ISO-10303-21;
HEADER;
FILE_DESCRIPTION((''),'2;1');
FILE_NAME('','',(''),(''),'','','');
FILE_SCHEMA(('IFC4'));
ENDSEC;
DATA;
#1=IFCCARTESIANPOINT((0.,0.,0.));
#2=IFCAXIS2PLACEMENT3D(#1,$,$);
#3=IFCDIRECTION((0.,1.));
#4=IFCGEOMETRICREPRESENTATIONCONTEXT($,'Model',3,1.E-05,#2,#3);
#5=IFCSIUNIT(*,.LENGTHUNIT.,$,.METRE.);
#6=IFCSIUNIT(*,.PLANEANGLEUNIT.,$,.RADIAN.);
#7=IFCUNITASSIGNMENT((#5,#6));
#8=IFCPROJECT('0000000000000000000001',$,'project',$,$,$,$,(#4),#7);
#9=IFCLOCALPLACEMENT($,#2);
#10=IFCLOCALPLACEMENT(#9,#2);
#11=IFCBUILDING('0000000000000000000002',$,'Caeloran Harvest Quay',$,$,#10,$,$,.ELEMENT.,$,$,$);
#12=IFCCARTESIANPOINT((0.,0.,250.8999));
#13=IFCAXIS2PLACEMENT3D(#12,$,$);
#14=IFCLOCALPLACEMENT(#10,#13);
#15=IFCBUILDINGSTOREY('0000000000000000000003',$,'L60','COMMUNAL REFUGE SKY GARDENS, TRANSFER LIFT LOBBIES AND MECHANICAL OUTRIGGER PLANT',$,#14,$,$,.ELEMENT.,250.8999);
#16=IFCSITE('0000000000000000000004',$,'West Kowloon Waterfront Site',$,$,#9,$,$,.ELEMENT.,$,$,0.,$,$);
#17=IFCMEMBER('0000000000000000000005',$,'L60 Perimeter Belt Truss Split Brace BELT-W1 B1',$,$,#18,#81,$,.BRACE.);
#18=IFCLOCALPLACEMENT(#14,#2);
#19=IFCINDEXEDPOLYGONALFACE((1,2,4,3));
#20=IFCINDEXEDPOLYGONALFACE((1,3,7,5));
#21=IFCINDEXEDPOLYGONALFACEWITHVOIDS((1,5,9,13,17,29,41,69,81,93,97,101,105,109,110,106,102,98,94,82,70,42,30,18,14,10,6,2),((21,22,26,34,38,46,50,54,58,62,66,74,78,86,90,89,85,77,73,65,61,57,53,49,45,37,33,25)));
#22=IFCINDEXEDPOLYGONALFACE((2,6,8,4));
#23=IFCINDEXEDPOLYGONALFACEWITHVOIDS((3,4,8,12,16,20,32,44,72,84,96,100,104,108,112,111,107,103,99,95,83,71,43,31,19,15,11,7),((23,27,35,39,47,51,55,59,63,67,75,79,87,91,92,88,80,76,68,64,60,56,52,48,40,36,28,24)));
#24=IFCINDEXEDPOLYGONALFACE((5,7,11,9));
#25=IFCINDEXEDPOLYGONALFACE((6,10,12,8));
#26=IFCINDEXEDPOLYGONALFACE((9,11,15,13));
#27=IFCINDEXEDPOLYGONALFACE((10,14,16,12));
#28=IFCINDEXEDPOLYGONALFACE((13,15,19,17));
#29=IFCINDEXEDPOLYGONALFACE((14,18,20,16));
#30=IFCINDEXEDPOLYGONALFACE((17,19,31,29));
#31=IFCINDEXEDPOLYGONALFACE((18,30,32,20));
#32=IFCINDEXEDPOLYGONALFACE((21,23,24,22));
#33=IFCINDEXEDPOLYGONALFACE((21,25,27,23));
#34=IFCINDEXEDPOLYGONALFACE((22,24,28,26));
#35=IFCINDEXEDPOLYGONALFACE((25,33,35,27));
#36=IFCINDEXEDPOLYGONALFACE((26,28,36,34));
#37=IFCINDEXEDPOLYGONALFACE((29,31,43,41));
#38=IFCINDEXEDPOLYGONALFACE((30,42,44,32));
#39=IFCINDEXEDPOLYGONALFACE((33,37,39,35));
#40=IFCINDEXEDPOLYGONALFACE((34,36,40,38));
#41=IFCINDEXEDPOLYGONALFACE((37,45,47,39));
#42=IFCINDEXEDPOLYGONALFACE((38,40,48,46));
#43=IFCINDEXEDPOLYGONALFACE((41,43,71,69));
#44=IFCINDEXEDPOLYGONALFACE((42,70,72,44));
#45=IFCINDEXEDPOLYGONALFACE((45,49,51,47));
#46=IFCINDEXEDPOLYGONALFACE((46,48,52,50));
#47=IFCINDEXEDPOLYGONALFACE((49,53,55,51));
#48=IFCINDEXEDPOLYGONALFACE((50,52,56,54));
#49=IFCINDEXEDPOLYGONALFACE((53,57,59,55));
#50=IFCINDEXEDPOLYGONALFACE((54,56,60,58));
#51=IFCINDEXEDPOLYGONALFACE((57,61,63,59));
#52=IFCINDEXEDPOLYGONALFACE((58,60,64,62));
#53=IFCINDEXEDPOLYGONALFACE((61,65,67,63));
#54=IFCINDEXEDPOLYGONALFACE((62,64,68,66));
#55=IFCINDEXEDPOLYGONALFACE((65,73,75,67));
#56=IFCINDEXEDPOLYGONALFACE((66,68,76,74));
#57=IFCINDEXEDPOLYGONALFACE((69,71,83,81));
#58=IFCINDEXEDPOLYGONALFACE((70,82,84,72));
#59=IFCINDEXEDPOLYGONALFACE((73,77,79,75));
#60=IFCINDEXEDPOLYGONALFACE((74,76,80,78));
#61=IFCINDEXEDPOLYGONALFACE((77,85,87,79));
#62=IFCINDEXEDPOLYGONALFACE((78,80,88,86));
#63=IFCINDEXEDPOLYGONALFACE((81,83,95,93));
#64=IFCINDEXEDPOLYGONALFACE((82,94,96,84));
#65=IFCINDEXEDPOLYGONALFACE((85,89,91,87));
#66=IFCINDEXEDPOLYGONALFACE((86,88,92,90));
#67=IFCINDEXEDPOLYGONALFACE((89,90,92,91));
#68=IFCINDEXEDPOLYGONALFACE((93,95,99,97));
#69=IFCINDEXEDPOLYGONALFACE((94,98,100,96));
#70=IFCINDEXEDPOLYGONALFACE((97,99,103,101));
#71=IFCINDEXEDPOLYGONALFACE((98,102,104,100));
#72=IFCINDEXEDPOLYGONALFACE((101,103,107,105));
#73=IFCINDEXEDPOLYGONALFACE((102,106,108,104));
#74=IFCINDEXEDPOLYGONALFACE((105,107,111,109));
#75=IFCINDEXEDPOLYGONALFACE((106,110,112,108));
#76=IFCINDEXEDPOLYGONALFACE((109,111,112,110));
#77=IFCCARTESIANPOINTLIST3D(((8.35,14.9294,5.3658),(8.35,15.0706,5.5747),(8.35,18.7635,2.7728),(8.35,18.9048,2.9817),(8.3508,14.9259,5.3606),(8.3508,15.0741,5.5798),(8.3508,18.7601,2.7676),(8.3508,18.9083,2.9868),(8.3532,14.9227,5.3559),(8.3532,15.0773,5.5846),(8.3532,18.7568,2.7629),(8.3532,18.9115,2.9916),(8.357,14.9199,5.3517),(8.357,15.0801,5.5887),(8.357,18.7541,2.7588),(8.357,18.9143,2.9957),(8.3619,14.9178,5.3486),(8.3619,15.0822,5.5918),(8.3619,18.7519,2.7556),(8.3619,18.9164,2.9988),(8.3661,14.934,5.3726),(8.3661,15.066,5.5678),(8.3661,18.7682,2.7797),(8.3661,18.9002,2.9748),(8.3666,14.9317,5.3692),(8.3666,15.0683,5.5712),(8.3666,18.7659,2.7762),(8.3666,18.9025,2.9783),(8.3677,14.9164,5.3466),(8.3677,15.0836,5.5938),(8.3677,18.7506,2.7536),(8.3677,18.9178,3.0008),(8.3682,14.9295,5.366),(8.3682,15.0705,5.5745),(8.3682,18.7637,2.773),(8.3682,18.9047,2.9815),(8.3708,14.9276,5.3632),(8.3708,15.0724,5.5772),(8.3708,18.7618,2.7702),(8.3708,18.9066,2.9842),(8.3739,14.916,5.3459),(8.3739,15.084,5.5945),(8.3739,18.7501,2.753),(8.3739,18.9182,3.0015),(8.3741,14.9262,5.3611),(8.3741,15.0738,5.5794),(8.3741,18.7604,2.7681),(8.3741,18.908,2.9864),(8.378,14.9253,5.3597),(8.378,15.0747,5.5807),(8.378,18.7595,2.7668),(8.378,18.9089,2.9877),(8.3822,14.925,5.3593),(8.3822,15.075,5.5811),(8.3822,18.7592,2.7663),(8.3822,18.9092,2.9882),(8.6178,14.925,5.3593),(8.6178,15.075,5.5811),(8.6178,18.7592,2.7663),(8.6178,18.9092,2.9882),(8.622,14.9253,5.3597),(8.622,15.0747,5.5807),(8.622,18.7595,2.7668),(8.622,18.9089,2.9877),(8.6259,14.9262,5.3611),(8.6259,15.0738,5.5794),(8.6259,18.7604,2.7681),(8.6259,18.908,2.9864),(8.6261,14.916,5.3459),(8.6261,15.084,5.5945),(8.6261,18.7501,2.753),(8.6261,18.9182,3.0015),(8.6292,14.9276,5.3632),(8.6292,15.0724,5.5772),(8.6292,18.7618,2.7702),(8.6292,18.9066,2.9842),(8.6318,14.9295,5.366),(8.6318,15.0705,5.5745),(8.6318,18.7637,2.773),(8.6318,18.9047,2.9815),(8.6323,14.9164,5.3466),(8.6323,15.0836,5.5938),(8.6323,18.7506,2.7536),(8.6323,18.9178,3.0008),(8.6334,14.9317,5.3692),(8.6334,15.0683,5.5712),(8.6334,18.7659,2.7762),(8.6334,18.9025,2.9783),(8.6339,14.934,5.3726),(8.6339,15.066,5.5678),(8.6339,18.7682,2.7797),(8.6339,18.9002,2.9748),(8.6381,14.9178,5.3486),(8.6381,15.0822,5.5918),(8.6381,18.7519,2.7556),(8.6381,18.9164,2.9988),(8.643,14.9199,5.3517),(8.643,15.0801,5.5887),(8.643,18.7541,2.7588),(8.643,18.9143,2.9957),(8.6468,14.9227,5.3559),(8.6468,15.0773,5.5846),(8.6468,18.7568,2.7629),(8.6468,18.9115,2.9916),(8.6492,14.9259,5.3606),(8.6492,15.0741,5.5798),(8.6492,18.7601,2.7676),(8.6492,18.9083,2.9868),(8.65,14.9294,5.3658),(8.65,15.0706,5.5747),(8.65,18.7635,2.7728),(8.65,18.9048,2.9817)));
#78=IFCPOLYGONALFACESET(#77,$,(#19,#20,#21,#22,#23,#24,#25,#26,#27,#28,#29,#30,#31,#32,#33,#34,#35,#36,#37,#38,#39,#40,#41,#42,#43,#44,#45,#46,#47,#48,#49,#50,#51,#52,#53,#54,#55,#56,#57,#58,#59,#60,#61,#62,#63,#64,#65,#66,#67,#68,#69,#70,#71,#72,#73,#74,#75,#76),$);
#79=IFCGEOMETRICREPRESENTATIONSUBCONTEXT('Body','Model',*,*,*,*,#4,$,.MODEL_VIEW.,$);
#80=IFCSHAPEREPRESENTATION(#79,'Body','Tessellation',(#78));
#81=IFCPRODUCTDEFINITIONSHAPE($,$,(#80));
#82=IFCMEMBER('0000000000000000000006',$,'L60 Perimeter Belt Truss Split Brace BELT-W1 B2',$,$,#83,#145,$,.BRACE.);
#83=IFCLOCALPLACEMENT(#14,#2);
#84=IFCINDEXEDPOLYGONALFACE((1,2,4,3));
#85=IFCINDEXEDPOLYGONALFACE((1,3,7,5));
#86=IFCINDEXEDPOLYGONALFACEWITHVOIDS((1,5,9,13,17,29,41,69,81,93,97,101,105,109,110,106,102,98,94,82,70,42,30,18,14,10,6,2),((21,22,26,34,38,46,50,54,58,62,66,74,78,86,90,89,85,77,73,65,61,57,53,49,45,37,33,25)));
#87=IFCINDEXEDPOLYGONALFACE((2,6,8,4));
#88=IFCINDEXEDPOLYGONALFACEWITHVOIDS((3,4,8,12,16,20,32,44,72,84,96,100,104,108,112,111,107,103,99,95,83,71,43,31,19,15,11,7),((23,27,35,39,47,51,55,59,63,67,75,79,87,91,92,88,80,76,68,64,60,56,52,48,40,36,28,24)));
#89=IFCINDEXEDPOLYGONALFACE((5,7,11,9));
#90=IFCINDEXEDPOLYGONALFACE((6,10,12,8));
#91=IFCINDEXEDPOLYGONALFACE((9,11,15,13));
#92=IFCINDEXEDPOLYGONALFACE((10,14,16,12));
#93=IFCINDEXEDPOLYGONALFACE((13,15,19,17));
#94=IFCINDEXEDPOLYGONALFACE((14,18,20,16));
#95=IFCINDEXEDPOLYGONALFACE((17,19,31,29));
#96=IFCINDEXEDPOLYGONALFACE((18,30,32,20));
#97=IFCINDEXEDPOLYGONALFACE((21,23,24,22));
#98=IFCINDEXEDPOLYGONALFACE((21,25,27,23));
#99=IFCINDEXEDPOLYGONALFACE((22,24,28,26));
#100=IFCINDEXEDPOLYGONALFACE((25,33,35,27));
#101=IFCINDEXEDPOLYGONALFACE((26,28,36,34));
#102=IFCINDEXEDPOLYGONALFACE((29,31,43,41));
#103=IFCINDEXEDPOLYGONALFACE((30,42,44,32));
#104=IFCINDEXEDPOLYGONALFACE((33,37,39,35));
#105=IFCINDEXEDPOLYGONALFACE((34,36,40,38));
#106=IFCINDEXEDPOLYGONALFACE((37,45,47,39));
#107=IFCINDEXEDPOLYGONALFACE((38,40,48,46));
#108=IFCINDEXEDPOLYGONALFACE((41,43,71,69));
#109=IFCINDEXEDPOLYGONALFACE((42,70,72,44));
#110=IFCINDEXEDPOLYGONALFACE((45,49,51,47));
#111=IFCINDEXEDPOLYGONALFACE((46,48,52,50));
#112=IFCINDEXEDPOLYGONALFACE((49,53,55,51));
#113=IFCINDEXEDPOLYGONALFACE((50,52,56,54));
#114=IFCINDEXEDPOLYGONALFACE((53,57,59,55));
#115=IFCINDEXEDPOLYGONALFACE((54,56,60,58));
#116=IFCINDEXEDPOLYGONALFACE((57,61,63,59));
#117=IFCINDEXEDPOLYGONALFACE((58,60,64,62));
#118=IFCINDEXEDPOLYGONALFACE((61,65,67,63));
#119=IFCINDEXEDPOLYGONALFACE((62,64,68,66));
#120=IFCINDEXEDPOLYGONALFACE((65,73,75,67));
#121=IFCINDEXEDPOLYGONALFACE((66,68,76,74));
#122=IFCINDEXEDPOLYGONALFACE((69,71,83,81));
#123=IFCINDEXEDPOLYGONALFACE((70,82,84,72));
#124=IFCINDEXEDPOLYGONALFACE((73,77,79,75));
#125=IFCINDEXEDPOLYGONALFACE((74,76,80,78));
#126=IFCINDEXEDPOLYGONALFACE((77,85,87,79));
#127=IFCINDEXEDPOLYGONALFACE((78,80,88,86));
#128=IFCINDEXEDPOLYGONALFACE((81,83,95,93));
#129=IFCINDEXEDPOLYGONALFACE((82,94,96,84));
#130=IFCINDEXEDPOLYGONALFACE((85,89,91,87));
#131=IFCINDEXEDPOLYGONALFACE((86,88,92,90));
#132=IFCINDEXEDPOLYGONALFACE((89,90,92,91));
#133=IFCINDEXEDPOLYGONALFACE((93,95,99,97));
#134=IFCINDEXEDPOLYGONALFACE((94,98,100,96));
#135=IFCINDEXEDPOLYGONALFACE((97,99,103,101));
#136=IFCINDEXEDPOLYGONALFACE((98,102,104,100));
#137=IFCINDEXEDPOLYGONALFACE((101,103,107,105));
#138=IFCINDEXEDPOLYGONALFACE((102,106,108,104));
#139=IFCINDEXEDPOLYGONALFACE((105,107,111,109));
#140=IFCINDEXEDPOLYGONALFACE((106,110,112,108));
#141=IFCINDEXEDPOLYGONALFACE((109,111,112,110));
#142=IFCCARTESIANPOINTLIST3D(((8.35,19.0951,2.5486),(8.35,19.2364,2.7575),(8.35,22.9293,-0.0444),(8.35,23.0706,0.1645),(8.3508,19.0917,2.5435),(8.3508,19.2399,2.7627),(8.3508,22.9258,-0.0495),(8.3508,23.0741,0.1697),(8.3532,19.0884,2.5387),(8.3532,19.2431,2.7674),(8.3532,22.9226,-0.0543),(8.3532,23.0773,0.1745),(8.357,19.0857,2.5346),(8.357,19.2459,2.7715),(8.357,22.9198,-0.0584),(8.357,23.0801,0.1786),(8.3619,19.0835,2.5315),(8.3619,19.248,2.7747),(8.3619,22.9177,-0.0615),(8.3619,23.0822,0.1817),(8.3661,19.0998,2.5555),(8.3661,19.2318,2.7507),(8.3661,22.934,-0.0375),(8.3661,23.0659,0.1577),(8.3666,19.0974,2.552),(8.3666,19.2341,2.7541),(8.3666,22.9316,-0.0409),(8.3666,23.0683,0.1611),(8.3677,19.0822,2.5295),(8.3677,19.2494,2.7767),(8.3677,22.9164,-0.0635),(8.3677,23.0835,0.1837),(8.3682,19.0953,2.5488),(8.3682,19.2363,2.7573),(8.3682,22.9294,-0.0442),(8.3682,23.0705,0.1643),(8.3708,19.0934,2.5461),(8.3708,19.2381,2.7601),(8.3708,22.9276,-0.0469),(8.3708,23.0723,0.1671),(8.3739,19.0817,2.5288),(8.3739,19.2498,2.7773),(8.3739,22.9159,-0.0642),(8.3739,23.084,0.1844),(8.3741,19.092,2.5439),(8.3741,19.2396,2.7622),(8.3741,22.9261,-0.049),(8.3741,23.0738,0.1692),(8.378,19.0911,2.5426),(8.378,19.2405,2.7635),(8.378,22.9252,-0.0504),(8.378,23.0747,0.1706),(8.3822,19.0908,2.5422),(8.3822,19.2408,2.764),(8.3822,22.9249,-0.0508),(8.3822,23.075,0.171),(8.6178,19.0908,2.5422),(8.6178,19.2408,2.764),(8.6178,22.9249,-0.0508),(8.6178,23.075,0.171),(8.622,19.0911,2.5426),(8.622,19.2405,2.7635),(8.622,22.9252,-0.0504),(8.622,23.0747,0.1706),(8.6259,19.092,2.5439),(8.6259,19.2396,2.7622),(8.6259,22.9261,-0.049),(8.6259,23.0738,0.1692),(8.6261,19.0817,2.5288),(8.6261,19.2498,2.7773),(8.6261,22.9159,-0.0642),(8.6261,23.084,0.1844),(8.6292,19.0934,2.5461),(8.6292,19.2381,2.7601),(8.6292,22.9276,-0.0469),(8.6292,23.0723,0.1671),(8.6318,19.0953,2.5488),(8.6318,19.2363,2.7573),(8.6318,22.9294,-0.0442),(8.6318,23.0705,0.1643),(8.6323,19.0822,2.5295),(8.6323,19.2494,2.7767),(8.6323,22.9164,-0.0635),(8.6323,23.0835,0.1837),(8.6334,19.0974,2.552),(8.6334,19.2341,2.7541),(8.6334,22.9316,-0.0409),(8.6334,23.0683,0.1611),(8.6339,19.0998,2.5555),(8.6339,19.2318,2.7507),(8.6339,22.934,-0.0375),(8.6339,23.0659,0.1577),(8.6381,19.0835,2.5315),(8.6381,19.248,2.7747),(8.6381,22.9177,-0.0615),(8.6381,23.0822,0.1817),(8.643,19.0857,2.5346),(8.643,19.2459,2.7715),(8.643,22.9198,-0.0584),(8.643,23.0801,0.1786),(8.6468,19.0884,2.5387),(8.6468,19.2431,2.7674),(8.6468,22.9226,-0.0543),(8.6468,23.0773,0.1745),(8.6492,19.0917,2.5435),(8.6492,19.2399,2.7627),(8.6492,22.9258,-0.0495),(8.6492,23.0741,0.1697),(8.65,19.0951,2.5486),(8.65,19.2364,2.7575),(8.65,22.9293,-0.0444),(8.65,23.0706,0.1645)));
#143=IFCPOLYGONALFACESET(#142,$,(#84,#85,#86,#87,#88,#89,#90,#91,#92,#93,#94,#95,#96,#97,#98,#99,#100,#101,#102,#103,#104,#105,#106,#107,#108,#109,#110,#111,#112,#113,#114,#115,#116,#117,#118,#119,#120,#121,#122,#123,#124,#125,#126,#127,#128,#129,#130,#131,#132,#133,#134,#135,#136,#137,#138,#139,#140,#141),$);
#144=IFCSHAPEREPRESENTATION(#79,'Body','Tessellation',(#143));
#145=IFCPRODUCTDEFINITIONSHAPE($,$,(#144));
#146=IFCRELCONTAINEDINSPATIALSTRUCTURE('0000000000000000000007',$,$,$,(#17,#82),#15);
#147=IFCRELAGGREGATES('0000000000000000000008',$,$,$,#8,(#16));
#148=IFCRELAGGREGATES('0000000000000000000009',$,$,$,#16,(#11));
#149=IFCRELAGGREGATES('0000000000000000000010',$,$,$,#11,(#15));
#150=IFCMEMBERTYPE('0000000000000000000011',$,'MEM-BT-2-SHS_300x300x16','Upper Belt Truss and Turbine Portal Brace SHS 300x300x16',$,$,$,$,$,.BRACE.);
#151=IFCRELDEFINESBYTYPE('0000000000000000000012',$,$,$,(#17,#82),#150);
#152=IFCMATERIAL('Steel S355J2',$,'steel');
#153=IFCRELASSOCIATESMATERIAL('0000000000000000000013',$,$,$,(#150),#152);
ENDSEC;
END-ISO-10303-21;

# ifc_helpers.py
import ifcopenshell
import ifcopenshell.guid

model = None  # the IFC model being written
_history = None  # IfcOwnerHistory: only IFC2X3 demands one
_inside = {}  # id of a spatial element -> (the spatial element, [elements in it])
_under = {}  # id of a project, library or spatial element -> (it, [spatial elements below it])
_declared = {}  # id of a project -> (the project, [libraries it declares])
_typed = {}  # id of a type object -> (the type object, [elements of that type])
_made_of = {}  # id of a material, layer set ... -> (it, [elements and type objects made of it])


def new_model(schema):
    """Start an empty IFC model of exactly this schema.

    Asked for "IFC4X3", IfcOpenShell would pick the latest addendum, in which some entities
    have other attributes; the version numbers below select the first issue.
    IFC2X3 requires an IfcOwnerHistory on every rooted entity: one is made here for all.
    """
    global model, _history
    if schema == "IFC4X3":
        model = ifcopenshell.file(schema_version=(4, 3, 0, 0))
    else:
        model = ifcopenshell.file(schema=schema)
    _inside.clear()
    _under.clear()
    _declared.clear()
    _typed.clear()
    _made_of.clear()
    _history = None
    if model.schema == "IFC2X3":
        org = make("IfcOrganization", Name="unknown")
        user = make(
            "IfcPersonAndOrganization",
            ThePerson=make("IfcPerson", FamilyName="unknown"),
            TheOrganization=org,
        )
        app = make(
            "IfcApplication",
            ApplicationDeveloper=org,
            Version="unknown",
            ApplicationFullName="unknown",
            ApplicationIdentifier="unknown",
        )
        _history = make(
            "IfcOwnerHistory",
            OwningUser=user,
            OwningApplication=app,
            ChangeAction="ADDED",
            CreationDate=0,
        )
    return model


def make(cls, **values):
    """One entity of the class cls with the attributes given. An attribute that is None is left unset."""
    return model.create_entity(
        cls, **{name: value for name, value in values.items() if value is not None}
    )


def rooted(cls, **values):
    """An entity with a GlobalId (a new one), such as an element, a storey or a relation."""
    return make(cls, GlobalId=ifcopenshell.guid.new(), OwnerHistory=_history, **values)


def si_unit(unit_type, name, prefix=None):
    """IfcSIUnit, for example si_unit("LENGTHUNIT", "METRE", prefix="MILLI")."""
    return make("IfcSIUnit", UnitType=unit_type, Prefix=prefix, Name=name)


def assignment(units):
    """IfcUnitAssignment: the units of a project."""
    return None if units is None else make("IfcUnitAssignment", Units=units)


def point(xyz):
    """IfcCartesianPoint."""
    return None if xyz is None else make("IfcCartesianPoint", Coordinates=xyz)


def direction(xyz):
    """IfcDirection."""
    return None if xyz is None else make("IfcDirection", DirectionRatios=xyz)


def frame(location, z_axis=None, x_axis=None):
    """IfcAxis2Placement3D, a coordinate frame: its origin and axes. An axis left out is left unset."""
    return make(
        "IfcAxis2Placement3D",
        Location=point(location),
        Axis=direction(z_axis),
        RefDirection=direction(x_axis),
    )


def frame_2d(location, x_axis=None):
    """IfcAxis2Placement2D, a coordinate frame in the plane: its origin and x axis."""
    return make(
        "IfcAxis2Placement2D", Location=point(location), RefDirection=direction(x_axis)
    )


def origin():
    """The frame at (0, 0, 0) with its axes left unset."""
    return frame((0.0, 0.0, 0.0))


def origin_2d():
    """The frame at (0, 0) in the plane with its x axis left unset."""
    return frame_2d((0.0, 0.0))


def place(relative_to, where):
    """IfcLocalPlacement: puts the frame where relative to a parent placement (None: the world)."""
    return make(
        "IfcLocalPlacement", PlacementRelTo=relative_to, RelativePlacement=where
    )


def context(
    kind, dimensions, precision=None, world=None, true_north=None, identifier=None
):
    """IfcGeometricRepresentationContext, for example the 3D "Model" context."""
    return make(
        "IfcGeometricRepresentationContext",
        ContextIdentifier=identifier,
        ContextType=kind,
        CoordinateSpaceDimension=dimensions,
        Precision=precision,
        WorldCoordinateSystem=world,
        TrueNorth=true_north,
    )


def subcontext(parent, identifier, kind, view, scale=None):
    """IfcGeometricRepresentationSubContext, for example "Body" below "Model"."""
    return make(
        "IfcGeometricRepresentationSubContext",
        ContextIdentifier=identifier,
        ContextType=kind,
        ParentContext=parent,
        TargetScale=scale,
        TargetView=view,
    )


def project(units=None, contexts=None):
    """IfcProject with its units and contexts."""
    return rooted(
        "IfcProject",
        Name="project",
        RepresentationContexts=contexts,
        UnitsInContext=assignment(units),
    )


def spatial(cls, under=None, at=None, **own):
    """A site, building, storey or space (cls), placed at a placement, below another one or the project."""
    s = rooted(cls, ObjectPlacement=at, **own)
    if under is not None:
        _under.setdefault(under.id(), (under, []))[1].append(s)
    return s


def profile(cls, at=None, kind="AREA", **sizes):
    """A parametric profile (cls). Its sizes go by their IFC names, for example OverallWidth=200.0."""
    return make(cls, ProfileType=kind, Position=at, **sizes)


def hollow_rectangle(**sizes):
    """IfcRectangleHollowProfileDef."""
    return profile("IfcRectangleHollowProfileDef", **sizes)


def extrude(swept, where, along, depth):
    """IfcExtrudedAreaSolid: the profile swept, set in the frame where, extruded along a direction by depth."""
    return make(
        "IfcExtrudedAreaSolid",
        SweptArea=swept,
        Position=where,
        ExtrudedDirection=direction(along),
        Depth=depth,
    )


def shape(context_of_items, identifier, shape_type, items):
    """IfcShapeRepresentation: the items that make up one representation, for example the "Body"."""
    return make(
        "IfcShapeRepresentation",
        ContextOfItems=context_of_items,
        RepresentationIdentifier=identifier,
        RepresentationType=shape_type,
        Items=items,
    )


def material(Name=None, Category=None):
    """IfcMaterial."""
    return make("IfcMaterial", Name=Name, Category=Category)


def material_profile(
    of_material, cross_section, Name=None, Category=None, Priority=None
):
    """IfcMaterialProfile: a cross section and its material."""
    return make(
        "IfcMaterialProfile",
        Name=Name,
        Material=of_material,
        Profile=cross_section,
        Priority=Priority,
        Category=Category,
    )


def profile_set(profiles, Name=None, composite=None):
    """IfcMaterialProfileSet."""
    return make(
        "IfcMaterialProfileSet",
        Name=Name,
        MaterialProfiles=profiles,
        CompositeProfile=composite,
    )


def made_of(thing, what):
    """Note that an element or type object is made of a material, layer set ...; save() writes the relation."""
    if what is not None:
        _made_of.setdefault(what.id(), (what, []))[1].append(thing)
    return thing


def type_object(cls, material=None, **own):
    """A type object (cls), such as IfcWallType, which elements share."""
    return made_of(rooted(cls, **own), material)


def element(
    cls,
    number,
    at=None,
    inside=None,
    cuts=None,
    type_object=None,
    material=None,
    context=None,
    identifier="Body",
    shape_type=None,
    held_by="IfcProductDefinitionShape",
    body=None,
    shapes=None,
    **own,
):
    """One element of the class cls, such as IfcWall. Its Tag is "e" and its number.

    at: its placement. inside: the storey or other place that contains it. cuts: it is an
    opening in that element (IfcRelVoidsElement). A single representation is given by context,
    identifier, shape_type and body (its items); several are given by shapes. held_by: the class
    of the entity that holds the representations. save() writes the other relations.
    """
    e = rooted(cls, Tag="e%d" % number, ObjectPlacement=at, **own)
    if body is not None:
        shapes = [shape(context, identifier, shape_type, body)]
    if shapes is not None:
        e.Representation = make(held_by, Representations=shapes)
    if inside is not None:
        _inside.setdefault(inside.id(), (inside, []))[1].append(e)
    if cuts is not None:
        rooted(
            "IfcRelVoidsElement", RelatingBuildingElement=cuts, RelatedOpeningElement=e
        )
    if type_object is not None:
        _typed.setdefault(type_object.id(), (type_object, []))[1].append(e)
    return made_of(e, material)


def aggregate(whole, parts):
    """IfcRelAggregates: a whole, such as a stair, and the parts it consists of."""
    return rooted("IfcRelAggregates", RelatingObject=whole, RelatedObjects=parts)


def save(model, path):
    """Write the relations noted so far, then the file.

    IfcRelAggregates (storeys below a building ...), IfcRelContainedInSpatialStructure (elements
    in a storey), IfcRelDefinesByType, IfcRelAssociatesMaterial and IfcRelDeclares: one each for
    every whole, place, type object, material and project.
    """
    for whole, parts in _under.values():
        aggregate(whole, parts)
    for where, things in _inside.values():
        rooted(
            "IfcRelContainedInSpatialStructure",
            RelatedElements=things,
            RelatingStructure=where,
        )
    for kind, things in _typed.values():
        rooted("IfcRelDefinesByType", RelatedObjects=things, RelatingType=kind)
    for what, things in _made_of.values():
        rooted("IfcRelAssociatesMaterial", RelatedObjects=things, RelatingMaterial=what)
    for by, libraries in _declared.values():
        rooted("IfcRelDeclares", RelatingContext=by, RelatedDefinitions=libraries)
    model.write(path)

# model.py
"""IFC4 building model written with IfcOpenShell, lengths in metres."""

from ifc_helpers import new_model, si_unit, direction, frame, origin, origin_2d, place, context, subcontext, project, spatial, hollow_rectangle, extrude, material, material_profile, profile_set, type_object, element, save


model = new_model("IFC4")

# Units and contexts
model_context = context("Model", 3, precision=1e-05, world=origin(), true_north=direction((0.0, 1.0)))
body_context = subcontext(model_context, "Body", "Model", "MODEL_VIEW")
ifc_project = project(units=[si_unit("LENGTHUNIT", "METRE"), si_unit("PLANEANGLEUNIT", "RADIAN")], contexts=[model_context])

# Site, building, storey
site_placement = place(None, origin())
site = spatial("IfcSite", under=ifc_project, at=site_placement, Name="West Kowloon Waterfront Site", CompositionType="ELEMENT", RefElevation=0.0)
building_placement = place(site_placement, origin())
building = spatial("IfcBuilding", under=site, at=building_placement, Name="Caeloran Harvest Quay", CompositionType="ELEMENT")
storey_placement = place(building_placement, frame((0.0, 0.0, 250.8999)))
storey = spatial("IfcBuildingStorey", under=building, at=storey_placement, Name="L60", Description="COMMUNAL REFUGE SKY GARDENS, TRANSFER LIFT LOBBIES AND MECHANICAL OUTRIGGER PLANT", CompositionType="ELEMENT", Elevation=250.8999)

# Shared definitions
ifc_material_1 = material(Name="Steel S355J2", Category="steel")

# Members
ifc_material_profile_1 = material_profile(ifc_material_1, hollow_rectangle(XDim=0.3, YDim=0.3, WallThickness=0.0161, InnerFilletRadius=0.0161, OuterFilletRadius=0.0239, at=origin_2d()), Name="SHS 300x300x16")
ifc_profile_set_1 = profile_set([ifc_material_profile_1], Name="Steel S355J2")
member_type = type_object("IfcMemberType", Name="MEM-BT-2-SHS_300x300x16", Description="Upper Belt Truss and Turbine Portal Brace SHS 300x300x16", PredefinedType="BRACE", material=ifc_profile_set_1)
for number, where, z_axis, x_axis, name in (
    (1, (8.5, 15.0, 5.4702), (0.0, 0.828356, -0.560202), (-1.0, 0.0, 0.0), "L60 Perimeter Belt Truss Split Brace BELT-W1 B1"),
    (2, (8.5, 19.1658, 2.6531), (0.0, 0.828356, -0.560202), (-1.0, 0.0, 0.0), "L60 Perimeter Belt Truss Split Brace BELT-W1 B2"),
):
    element("IfcMember", number, at=place(storey_placement, frame(where, z_axis=z_axis, x_axis=x_axis)), inside=storey, type_object=member_type, Name=name, PredefinedType="BRACE", context=body_context, shape_type="SweptSolid", body=[
        extrude(hollow_rectangle(XDim=0.3, YDim=0.3, WallThickness=0.0161, InnerFilletRadius=0.0161, OuterFilletRadius=0.0239, at=origin_2d()), origin(), (0.0, 0.0, 1.0), 4.6287),
    ])

save(model, "model.ifc")
